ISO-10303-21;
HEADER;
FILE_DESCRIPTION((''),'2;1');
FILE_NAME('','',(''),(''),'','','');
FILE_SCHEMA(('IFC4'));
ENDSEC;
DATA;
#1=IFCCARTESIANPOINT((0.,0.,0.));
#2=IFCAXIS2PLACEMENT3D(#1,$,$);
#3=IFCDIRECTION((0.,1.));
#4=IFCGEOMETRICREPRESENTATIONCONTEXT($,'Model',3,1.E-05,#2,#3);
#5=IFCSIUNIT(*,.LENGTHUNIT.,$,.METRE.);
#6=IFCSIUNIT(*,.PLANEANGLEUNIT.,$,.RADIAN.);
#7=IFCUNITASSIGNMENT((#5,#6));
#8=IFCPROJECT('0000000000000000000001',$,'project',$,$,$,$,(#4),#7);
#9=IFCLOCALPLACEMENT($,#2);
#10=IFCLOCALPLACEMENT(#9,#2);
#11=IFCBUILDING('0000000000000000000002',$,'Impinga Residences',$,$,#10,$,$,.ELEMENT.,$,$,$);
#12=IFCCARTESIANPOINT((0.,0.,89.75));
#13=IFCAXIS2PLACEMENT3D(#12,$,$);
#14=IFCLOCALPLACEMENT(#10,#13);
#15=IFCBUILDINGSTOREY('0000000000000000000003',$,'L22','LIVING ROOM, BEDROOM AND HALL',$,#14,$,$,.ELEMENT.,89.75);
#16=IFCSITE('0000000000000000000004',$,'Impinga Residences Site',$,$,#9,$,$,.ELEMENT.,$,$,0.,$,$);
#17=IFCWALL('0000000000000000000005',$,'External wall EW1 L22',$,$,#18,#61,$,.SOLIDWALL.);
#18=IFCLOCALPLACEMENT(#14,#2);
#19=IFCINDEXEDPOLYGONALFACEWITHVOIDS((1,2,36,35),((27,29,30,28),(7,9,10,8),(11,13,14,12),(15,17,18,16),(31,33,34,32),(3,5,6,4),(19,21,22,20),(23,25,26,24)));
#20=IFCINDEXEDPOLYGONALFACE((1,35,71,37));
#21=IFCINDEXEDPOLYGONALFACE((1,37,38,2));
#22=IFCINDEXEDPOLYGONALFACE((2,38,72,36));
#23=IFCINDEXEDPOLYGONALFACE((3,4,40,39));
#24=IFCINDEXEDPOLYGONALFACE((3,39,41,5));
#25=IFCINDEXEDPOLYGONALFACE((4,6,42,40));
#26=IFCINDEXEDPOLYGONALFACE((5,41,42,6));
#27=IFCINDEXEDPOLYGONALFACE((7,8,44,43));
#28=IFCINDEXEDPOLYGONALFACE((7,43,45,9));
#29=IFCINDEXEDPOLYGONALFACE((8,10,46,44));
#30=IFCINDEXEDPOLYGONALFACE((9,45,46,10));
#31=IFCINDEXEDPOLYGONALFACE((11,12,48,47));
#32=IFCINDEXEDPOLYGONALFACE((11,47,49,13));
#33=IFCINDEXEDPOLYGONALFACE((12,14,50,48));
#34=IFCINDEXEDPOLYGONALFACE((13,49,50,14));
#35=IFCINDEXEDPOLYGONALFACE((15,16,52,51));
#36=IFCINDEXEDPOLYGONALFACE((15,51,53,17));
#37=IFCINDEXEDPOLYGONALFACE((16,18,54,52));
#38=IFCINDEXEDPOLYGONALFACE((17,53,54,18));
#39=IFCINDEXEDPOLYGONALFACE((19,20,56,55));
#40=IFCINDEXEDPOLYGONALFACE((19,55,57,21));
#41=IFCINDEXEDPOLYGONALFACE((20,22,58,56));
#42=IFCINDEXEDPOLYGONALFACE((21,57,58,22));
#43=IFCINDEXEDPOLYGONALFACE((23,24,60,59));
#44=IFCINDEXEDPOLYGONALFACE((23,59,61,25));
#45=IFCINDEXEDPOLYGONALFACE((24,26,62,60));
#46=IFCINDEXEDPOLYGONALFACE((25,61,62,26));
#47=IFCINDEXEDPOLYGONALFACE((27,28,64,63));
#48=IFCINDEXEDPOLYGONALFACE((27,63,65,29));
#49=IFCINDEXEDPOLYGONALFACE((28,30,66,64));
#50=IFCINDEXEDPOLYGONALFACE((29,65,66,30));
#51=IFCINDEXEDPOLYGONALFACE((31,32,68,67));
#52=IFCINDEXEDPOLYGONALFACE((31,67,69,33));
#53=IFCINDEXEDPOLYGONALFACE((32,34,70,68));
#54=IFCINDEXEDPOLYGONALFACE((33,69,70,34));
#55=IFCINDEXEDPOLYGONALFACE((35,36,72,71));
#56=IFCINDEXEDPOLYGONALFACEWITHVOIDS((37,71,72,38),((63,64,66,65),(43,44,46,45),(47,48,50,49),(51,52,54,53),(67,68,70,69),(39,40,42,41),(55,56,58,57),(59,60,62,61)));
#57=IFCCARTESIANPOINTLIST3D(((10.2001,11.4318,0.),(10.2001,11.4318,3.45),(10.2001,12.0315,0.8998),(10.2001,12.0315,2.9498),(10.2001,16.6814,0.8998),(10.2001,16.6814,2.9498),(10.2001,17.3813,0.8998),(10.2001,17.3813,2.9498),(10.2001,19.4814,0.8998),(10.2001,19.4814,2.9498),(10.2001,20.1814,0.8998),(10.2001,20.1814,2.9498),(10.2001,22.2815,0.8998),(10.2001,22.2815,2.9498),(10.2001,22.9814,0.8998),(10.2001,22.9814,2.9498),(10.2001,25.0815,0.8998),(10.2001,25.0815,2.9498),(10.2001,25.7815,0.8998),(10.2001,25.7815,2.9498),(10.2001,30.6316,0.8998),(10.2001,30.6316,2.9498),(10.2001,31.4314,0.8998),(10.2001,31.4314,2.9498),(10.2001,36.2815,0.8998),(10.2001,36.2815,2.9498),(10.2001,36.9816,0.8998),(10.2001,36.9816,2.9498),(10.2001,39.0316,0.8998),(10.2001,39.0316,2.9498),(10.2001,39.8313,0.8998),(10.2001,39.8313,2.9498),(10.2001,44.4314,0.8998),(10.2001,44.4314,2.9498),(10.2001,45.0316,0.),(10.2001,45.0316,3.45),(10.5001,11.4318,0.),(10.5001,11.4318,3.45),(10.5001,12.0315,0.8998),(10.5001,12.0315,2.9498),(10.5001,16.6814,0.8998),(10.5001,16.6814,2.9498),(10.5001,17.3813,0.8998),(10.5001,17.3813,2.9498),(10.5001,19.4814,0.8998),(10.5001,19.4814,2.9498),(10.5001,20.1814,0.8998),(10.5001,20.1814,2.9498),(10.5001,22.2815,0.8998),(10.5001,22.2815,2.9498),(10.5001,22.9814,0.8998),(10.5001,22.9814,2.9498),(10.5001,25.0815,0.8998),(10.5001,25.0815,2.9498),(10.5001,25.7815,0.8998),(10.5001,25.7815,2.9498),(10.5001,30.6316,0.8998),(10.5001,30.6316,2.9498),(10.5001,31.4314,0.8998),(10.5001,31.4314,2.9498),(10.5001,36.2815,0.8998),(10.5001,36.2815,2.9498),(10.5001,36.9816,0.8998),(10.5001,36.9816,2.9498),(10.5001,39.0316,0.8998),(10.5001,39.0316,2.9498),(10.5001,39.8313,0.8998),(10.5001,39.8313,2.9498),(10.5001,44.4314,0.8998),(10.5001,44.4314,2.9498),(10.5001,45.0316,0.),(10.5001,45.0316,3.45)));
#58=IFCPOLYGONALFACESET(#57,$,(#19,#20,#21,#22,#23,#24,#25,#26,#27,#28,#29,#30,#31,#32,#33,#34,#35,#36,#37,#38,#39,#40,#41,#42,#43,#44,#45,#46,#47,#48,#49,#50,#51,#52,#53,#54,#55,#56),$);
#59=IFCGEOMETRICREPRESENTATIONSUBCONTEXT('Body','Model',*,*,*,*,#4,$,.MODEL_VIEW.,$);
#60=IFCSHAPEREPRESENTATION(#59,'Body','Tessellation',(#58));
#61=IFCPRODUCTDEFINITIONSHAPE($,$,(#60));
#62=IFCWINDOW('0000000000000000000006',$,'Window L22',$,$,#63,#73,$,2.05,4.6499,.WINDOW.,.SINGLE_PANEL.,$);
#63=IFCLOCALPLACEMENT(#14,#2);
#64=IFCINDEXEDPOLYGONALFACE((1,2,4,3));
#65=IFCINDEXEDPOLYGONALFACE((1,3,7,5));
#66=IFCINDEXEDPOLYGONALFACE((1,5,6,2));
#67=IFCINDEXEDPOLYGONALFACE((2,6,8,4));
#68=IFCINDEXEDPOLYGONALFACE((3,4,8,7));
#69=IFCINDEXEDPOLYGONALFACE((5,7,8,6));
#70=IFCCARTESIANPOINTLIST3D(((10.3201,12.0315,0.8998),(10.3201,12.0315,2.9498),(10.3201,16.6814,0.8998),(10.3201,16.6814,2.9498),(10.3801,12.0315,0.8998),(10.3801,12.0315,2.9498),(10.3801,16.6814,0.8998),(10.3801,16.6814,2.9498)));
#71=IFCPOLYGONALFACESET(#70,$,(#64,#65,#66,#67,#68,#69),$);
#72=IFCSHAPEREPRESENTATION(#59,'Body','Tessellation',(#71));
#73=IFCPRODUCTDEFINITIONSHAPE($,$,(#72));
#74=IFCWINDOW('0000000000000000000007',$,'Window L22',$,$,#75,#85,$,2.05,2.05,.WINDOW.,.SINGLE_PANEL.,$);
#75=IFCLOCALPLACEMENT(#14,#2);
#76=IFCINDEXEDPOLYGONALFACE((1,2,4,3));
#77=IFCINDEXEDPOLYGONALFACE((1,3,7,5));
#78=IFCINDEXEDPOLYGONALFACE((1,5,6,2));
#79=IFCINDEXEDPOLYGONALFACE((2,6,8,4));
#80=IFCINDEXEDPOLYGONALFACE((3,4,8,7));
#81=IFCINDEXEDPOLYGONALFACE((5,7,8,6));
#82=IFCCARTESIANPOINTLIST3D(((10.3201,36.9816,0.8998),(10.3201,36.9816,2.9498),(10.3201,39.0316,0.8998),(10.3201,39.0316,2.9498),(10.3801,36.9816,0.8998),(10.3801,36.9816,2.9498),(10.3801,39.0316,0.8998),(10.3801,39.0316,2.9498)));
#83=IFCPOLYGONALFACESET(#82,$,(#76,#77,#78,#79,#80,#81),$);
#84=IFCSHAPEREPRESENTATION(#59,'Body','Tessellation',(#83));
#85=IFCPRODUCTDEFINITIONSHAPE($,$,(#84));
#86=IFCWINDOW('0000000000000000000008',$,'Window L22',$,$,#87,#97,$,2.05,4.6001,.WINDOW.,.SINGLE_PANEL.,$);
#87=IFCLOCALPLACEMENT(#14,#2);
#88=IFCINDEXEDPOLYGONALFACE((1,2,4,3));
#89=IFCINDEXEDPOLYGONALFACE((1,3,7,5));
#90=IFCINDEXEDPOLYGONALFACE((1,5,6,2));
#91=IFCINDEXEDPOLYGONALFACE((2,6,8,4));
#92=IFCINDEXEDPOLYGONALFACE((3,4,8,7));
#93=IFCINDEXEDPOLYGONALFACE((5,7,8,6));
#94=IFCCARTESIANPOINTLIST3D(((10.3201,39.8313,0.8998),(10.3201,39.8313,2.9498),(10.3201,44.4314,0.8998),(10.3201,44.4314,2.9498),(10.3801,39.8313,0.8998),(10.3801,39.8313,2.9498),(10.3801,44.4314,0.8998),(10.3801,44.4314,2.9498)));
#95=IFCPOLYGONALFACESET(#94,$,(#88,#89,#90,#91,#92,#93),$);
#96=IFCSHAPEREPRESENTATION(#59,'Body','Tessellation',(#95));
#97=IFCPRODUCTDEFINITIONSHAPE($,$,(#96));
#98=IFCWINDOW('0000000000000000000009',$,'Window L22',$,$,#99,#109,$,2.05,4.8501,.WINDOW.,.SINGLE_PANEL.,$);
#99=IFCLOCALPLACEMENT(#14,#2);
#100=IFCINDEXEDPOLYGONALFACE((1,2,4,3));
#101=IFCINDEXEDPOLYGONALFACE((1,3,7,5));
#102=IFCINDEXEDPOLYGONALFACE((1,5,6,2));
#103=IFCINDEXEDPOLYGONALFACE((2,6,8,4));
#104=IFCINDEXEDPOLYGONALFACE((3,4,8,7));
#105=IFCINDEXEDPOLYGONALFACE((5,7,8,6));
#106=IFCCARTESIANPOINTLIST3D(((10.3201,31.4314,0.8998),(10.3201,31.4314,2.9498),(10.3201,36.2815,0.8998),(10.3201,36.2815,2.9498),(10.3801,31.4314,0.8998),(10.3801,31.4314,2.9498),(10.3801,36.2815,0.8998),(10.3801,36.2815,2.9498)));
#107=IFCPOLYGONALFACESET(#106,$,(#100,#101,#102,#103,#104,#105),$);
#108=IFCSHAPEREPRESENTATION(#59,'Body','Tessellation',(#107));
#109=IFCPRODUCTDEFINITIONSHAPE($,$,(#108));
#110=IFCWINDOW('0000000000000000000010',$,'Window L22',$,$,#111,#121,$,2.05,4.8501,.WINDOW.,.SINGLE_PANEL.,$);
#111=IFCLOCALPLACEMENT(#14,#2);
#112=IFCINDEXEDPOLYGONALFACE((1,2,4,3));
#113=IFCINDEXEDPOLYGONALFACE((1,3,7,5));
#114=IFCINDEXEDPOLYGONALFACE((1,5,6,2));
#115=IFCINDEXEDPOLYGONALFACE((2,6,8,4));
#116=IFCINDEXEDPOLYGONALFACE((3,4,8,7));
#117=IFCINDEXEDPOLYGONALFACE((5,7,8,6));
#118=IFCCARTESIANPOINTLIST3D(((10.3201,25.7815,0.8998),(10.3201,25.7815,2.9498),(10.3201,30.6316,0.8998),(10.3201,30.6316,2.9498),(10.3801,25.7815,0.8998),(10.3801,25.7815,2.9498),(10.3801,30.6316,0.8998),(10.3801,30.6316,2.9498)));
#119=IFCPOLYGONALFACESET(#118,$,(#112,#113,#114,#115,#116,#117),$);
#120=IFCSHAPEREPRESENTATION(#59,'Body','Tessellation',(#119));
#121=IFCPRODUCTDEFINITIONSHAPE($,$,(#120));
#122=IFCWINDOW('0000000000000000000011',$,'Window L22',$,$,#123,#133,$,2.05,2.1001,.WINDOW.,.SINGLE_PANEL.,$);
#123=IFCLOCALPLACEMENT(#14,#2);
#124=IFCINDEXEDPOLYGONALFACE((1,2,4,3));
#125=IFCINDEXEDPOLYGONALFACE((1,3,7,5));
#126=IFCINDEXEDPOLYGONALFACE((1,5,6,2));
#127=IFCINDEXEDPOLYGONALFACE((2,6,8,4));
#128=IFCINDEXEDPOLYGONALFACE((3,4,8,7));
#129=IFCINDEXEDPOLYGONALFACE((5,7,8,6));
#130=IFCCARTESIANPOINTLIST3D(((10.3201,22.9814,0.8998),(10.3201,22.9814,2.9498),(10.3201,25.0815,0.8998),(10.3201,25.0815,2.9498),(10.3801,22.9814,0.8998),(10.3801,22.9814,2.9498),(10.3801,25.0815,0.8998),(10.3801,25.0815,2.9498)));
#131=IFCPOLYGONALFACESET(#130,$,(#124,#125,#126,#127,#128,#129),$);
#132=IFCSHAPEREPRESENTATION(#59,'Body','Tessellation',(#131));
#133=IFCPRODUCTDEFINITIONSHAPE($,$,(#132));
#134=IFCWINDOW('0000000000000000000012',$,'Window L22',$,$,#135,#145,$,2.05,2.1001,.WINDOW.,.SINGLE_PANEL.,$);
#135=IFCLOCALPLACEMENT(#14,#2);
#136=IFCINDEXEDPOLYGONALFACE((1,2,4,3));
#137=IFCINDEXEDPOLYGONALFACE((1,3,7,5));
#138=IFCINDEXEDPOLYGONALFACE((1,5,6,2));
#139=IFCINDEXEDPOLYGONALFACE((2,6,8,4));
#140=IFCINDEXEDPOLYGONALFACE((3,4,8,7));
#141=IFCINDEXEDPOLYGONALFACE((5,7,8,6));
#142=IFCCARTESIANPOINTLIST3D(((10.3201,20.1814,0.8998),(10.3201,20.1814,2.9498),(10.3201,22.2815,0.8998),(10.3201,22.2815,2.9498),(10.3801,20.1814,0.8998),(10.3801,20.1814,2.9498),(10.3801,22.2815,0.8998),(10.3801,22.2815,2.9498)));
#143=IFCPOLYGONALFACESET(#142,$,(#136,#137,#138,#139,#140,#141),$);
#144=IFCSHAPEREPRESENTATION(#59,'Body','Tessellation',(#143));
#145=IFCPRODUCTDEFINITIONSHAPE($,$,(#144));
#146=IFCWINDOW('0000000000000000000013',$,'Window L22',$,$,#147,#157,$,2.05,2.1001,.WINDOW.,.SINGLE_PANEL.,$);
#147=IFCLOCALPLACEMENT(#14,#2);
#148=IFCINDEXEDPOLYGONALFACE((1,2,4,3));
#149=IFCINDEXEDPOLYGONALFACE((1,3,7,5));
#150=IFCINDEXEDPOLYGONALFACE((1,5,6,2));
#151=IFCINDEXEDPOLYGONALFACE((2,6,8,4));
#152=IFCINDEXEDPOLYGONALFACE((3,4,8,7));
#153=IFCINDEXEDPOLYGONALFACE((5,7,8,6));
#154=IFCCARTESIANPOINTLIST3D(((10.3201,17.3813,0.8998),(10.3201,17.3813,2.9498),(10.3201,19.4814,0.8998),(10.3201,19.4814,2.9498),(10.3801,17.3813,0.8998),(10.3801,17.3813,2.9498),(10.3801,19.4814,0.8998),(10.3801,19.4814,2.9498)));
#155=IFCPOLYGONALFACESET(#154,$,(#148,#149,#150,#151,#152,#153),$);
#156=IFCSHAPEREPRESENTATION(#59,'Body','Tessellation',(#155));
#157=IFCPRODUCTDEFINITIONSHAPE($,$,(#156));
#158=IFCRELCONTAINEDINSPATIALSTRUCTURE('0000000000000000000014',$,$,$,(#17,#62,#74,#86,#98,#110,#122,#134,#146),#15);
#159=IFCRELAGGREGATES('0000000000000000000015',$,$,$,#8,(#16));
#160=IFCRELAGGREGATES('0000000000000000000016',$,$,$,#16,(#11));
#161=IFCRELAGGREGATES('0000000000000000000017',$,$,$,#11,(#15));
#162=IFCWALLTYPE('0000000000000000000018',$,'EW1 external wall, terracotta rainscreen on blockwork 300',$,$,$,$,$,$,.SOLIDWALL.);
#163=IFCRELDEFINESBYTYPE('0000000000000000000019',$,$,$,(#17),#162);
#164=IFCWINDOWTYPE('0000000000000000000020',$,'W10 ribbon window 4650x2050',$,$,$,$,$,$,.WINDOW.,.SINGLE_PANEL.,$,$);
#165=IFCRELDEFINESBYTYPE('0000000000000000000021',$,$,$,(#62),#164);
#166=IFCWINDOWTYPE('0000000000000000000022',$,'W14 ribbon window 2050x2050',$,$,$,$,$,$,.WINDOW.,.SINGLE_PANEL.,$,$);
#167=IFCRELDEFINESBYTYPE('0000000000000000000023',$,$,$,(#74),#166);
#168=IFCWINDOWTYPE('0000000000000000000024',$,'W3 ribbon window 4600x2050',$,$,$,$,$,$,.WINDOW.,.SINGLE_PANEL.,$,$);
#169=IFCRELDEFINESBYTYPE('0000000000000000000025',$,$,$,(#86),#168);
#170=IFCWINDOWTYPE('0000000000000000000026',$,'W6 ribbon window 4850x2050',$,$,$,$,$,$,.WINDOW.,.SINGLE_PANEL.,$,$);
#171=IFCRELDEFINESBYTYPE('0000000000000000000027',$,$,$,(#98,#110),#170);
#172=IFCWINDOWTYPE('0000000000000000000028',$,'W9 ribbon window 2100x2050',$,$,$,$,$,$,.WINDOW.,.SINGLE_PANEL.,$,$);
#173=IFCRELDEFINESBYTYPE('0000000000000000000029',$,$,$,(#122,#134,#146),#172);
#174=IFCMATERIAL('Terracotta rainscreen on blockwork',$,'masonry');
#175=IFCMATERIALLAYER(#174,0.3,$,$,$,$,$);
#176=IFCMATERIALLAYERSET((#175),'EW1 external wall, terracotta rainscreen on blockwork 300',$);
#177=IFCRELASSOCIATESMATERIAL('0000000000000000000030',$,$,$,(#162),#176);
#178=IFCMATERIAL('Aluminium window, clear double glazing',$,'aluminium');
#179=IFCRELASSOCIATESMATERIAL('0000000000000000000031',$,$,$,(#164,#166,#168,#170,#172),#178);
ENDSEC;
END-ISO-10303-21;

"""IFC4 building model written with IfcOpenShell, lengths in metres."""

from ifc_helpers import new_model, si_unit, direction, frame, frame_2d, origin, place, context, subcontext, project, spatial, rectangle, extrude, material, layer, layer_set, type_object, element, fill, save


model = new_model("IFC4")

# Units and contexts
model_context = context("Model", 3, precision=1e-05, world=origin(), true_north=direction((0.0, 1.0)))
body_context = subcontext(model_context, "Body", "Model", "MODEL_VIEW")
ifc_project = project(units=[si_unit("LENGTHUNIT", "METRE"), si_unit("PLANEANGLEUNIT", "RADIAN")], contexts=[model_context])

# Site, building, storey
site_placement = place(None, origin())
site = spatial("IfcSite", under=ifc_project, at=site_placement, Name="Impinga Residences Site", CompositionType="ELEMENT", RefElevation=0.0)
building_placement = place(site_placement, origin())
building = spatial("IfcBuilding", under=site, at=building_placement, Name="Impinga Residences", CompositionType="ELEMENT")
storey_placement = place(building_placement, frame((0.0, 0.0, 89.75)))
storey = spatial("IfcBuildingStorey", under=building, at=storey_placement, Name="L22", Description="LIVING ROOM, BEDROOM AND HALL", CompositionType="ELEMENT", Elevation=89.75)

# Shared definitions
ifc_material_1 = material(Name="Terracotta rainscreen on blockwork", Category="masonry")
ifc_layer_1 = layer(ifc_material_1, 0.3)
ifc_layer_set_1 = layer_set([ifc_layer_1], Name="EW1 external wall, terracotta rainscreen on blockwork 300")
wall_type_1 = type_object("IfcWallType", Name="EW1 external wall, terracotta rainscreen on blockwork 300", PredefinedType="SOLIDWALL", material=ifc_layer_set_1)

# Wall, openings, windows
wall_1_placement = place(storey_placement, frame((10.3501, 45.0315, 0.0), z_axis=(0.0, 0.0, 1.0), x_axis=(0.0, -1.0, 0.0)))
wall_1 = element("IfcWall", 1, at=wall_1_placement, inside=storey, type_object=wall_type_1, Name="External wall EW1 L22", PredefinedType="SOLIDWALL", context=body_context, shape_type="SweptSolid", body=[
    extrude(rectangle(XDim=33.5999, YDim=0.3, at=frame_2d((16.7998, 0.0))), origin(), (0.0, 0.0, 1.0), 3.45),
])
opening_1_placement = place(wall_1_placement, frame((0.6001, 0.0, 0.8999)))
opening_1 = element("IfcOpeningElement", 2, at=opening_1_placement, cuts=wall_1, PredefinedType="OPENING", context=body_context, shape_type="SweptSolid", body=[
    extrude(rectangle(XDim=4.6001, YDim=2.05, at=frame_2d((2.3, 1.0249))), frame((0.0, 0.1599, 0.0), z_axis=(0.0, -1.0, 0.0), x_axis=(1.0, 0.0, 0.0)), (0.0, 0.0, 1.0), 0.3201),
])
opening_2_placement = place(wall_1_placement, frame((6.0, 0.0, 0.8999)))
opening_2 = element("IfcOpeningElement", 3, at=opening_2_placement, cuts=wall_1, PredefinedType="OPENING", context=body_context, shape_type="SweptSolid", body=[
    extrude(rectangle(XDim=2.05, YDim=2.05, at=frame_2d((1.0249, 1.0249))), frame((0.0, 0.1599, 0.0), z_axis=(0.0, -1.0, 0.0), x_axis=(1.0, 0.0, 0.0)), (0.0, 0.0, 1.0), 0.3201),
])
opening_3_placement = place(wall_1_placement, frame((8.75, 0.0, 0.8999)))
opening_3 = element("IfcOpeningElement", 4, at=opening_3_placement, cuts=wall_1, PredefinedType="OPENING", context=body_context, shape_type="SweptSolid", body=[
    extrude(rectangle(XDim=4.8501, YDim=2.05, at=frame_2d((2.425, 1.0249))), frame((0.0, 0.1599, 0.0), z_axis=(0.0, -1.0, 0.0), x_axis=(1.0, 0.0, 0.0)), (0.0, 0.0, 1.0), 0.3201),
])
opening_4_placement = place(wall_1_placement, frame((14.3999, 0.0, 0.8999)))
opening_4 = element("IfcOpeningElement", 5, at=opening_4_placement, cuts=wall_1, PredefinedType="OPENING", context=body_context, shape_type="SweptSolid", body=[
    extrude(rectangle(XDim=4.8501, YDim=2.05, at=frame_2d((2.425, 1.0249))), frame((0.0, 0.1599, 0.0), z_axis=(0.0, -1.0, 0.0), x_axis=(1.0, 0.0, 0.0)), (0.0, 0.0, 1.0), 0.3201),
])
opening_5_placement = place(wall_1_placement, frame((19.95, 0.0, 0.8999)))
opening_5 = element("IfcOpeningElement", 6, at=opening_5_placement, cuts=wall_1, PredefinedType="OPENING", context=body_context, shape_type="SweptSolid", body=[
    extrude(rectangle(XDim=2.1001, YDim=2.05, at=frame_2d((1.05, 1.0249))), frame((0.0, 0.1599, 0.0), z_axis=(0.0, -1.0, 0.0), x_axis=(1.0, 0.0, 0.0)), (0.0, 0.0, 1.0), 0.3201),
])
opening_6_placement = place(wall_1_placement, frame((22.75, 0.0, 0.8999)))
opening_6 = element("IfcOpeningElement", 7, at=opening_6_placement, cuts=wall_1, PredefinedType="OPENING", context=body_context, shape_type="SweptSolid", body=[
    extrude(rectangle(XDim=2.1001, YDim=2.05, at=frame_2d((1.05, 1.0249))), frame((0.0, 0.1599, 0.0), z_axis=(0.0, -1.0, 0.0), x_axis=(1.0, 0.0, 0.0)), (0.0, 0.0, 1.0), 0.3201),
])
opening_7_placement = place(wall_1_placement, frame((25.55, 0.0, 0.8999)))
opening_7 = element("IfcOpeningElement", 8, at=opening_7_placement, cuts=wall_1, PredefinedType="OPENING", context=body_context, shape_type="SweptSolid", body=[
    extrude(rectangle(XDim=2.1001, YDim=2.05, at=frame_2d((1.05, 1.0249))), frame((0.0, 0.1599, 0.0), z_axis=(0.0, -1.0, 0.0), x_axis=(1.0, 0.0, 0.0)), (0.0, 0.0, 1.0), 0.3201),
])
opening_8_placement = place(wall_1_placement, frame((28.3501, 0.0, 0.8999)))
opening_8 = element("IfcOpeningElement", 9, at=opening_8_placement, cuts=wall_1, PredefinedType="OPENING", context=body_context, shape_type="SweptSolid", body=[
    extrude(rectangle(XDim=4.6499, YDim=2.05, at=frame_2d((2.325, 1.0249))), frame((0.0, 0.1599, 0.0), z_axis=(0.0, -1.0, 0.0), x_axis=(1.0, 0.0, 0.0)), (0.0, 0.0, 1.0), 0.3201),
])
ifc_material_2 = material(Name="Aluminium window, clear double glazing", Category="aluminium")
window_type_1 = type_object("IfcWindowType", Name="W10 ribbon window 4650x2050", PartitioningType="SINGLE_PANEL", PredefinedType="WINDOW", material=ifc_material_2)
window_1_placement = place(opening_8_placement, origin())
window_1 = element("IfcWindow", 10, at=window_1_placement, inside=storey, type_object=window_type_1, Name="Window L22", OverallHeight=2.05, OverallWidth=4.6499, PartitioningType="SINGLE_PANEL", PredefinedType="WINDOW", context=body_context, shape_type="SweptSolid", body=[
    extrude(rectangle(XDim=4.6499, YDim=2.05, at=frame_2d((2.325, 1.0249))), frame((0.0, 0.03, 0.0), z_axis=(0.0, -1.0, 0.0), x_axis=(1.0, 0.0, 0.0)), (0.0, 0.0, 1.0), 0.0601),
])
fill(opening_8, window_1)
window_type_2 = type_object("IfcWindowType", Name="W14 ribbon window 2050x2050", PartitioningType="SINGLE_PANEL", PredefinedType="WINDOW", material=ifc_material_2)
window_2_placement = place(opening_2_placement, origin())
window_2 = element("IfcWindow", 11, at=window_2_placement, inside=storey, type_object=window_type_2, Name="Window L22", OverallHeight=2.05, OverallWidth=2.05, PartitioningType="SINGLE_PANEL", PredefinedType="WINDOW", context=body_context, shape_type="SweptSolid", body=[
    extrude(rectangle(XDim=2.05, YDim=2.05, at=frame_2d((1.0249, 1.0249))), frame((0.0, 0.03, 0.0), z_axis=(0.0, -1.0, 0.0), x_axis=(1.0, 0.0, 0.0)), (0.0, 0.0, 1.0), 0.0601),
])
fill(opening_2, window_2)
window_type_3 = type_object("IfcWindowType", Name="W3 ribbon window 4600x2050", PartitioningType="SINGLE_PANEL", PredefinedType="WINDOW", material=ifc_material_2)
window_3_placement = place(opening_1_placement, origin())
window_3 = element("IfcWindow", 12, at=window_3_placement, inside=storey, type_object=window_type_3, Name="Window L22", OverallHeight=2.05, OverallWidth=4.6001, PartitioningType="SINGLE_PANEL", PredefinedType="WINDOW", context=body_context, shape_type="SweptSolid", body=[
    extrude(rectangle(XDim=4.6001, YDim=2.05, at=frame_2d((2.3, 1.0249))), frame((0.0, 0.03, 0.0), z_axis=(0.0, -1.0, 0.0), x_axis=(1.0, 0.0, 0.0)), (0.0, 0.0, 1.0), 0.0601),
])
fill(opening_1, window_3)
window_type_4 = type_object("IfcWindowType", Name="W6 ribbon window 4850x2050", PartitioningType="SINGLE_PANEL", PredefinedType="WINDOW", material=ifc_material_2)
window_4_placement = place(opening_3_placement, origin())
window_4 = element("IfcWindow", 13, at=window_4_placement, inside=storey, type_object=window_type_4, Name="Window L22", OverallHeight=2.05, OverallWidth=4.8501, PartitioningType="SINGLE_PANEL", PredefinedType="WINDOW", context=body_context, shape_type="SweptSolid", body=[
    extrude(rectangle(XDim=4.8501, YDim=2.05, at=frame_2d((2.425, 1.0249))), frame((0.0, 0.03, 0.0), z_axis=(0.0, -1.0, 0.0), x_axis=(1.0, 0.0, 0.0)), (0.0, 0.0, 1.0), 0.0601),
])
fill(opening_3, window_4)
window_5_placement = place(opening_4_placement, origin())
window_5 = element("IfcWindow", 14, at=window_5_placement, inside=storey, type_object=window_type_4, Name="Window L22", OverallHeight=2.05, OverallWidth=4.8501, PartitioningType="SINGLE_PANEL", PredefinedType="WINDOW", context=body_context, shape_type="SweptSolid", body=[
    extrude(rectangle(XDim=4.8501, YDim=2.05, at=frame_2d((2.425, 1.0249))), frame((0.0, 0.03, 0.0), z_axis=(0.0, -1.0, 0.0), x_axis=(1.0, 0.0, 0.0)), (0.0, 0.0, 1.0), 0.0601),
])
fill(opening_4, window_5)
window_type_5 = type_object("IfcWindowType", Name="W9 ribbon window 2100x2050", PartitioningType="SINGLE_PANEL", PredefinedType="WINDOW", material=ifc_material_2)
window_6_placement = place(opening_5_placement, origin())
window_6 = element("IfcWindow", 15, at=window_6_placement, inside=storey, type_object=window_type_5, Name="Window L22", OverallHeight=2.05, OverallWidth=2.1001, PartitioningType="SINGLE_PANEL", PredefinedType="WINDOW", context=body_context, shape_type="SweptSolid", body=[
    extrude(rectangle(XDim=2.1001, YDim=2.05, at=frame_2d((1.05, 1.0249))), frame((0.0, 0.03, 0.0), z_axis=(0.0, -1.0, 0.0), x_axis=(1.0, 0.0, 0.0)), (0.0, 0.0, 1.0), 0.0601),
])
fill(opening_5, window_6)
window_7_placement = place(opening_6_placement, origin())
window_7 = element("IfcWindow", 16, at=window_7_placement, inside=storey, type_object=window_type_5, Name="Window L22", OverallHeight=2.05, OverallWidth=2.1001, PartitioningType="SINGLE_PANEL", PredefinedType="WINDOW", context=body_context, shape_type="SweptSolid", body=[
    extrude(rectangle(XDim=2.1001, YDim=2.05, at=frame_2d((1.05, 1.0249))), frame((0.0, 0.03, 0.0), z_axis=(0.0, -1.0, 0.0), x_axis=(1.0, 0.0, 0.0)), (0.0, 0.0, 1.0), 0.0601),
])
fill(opening_6, window_7)
window_8_placement = place(opening_7_placement, origin())
window_8 = element("IfcWindow", 17, at=window_8_placement, inside=storey, type_object=window_type_5, Name="Window L22", OverallHeight=2.05, OverallWidth=2.1001, PartitioningType="SINGLE_PANEL", PredefinedType="WINDOW", context=body_context, shape_type="SweptSolid", body=[
    extrude(rectangle(XDim=2.1001, YDim=2.05, at=frame_2d((1.05, 1.0249))), frame((0.0, 0.03, 0.0), z_axis=(0.0, -1.0, 0.0), x_axis=(1.0, 0.0, 0.0)), (0.0, 0.0, 1.0), 0.0601),
])
fill(opening_7, window_8)

save(model, "model.ifc")
